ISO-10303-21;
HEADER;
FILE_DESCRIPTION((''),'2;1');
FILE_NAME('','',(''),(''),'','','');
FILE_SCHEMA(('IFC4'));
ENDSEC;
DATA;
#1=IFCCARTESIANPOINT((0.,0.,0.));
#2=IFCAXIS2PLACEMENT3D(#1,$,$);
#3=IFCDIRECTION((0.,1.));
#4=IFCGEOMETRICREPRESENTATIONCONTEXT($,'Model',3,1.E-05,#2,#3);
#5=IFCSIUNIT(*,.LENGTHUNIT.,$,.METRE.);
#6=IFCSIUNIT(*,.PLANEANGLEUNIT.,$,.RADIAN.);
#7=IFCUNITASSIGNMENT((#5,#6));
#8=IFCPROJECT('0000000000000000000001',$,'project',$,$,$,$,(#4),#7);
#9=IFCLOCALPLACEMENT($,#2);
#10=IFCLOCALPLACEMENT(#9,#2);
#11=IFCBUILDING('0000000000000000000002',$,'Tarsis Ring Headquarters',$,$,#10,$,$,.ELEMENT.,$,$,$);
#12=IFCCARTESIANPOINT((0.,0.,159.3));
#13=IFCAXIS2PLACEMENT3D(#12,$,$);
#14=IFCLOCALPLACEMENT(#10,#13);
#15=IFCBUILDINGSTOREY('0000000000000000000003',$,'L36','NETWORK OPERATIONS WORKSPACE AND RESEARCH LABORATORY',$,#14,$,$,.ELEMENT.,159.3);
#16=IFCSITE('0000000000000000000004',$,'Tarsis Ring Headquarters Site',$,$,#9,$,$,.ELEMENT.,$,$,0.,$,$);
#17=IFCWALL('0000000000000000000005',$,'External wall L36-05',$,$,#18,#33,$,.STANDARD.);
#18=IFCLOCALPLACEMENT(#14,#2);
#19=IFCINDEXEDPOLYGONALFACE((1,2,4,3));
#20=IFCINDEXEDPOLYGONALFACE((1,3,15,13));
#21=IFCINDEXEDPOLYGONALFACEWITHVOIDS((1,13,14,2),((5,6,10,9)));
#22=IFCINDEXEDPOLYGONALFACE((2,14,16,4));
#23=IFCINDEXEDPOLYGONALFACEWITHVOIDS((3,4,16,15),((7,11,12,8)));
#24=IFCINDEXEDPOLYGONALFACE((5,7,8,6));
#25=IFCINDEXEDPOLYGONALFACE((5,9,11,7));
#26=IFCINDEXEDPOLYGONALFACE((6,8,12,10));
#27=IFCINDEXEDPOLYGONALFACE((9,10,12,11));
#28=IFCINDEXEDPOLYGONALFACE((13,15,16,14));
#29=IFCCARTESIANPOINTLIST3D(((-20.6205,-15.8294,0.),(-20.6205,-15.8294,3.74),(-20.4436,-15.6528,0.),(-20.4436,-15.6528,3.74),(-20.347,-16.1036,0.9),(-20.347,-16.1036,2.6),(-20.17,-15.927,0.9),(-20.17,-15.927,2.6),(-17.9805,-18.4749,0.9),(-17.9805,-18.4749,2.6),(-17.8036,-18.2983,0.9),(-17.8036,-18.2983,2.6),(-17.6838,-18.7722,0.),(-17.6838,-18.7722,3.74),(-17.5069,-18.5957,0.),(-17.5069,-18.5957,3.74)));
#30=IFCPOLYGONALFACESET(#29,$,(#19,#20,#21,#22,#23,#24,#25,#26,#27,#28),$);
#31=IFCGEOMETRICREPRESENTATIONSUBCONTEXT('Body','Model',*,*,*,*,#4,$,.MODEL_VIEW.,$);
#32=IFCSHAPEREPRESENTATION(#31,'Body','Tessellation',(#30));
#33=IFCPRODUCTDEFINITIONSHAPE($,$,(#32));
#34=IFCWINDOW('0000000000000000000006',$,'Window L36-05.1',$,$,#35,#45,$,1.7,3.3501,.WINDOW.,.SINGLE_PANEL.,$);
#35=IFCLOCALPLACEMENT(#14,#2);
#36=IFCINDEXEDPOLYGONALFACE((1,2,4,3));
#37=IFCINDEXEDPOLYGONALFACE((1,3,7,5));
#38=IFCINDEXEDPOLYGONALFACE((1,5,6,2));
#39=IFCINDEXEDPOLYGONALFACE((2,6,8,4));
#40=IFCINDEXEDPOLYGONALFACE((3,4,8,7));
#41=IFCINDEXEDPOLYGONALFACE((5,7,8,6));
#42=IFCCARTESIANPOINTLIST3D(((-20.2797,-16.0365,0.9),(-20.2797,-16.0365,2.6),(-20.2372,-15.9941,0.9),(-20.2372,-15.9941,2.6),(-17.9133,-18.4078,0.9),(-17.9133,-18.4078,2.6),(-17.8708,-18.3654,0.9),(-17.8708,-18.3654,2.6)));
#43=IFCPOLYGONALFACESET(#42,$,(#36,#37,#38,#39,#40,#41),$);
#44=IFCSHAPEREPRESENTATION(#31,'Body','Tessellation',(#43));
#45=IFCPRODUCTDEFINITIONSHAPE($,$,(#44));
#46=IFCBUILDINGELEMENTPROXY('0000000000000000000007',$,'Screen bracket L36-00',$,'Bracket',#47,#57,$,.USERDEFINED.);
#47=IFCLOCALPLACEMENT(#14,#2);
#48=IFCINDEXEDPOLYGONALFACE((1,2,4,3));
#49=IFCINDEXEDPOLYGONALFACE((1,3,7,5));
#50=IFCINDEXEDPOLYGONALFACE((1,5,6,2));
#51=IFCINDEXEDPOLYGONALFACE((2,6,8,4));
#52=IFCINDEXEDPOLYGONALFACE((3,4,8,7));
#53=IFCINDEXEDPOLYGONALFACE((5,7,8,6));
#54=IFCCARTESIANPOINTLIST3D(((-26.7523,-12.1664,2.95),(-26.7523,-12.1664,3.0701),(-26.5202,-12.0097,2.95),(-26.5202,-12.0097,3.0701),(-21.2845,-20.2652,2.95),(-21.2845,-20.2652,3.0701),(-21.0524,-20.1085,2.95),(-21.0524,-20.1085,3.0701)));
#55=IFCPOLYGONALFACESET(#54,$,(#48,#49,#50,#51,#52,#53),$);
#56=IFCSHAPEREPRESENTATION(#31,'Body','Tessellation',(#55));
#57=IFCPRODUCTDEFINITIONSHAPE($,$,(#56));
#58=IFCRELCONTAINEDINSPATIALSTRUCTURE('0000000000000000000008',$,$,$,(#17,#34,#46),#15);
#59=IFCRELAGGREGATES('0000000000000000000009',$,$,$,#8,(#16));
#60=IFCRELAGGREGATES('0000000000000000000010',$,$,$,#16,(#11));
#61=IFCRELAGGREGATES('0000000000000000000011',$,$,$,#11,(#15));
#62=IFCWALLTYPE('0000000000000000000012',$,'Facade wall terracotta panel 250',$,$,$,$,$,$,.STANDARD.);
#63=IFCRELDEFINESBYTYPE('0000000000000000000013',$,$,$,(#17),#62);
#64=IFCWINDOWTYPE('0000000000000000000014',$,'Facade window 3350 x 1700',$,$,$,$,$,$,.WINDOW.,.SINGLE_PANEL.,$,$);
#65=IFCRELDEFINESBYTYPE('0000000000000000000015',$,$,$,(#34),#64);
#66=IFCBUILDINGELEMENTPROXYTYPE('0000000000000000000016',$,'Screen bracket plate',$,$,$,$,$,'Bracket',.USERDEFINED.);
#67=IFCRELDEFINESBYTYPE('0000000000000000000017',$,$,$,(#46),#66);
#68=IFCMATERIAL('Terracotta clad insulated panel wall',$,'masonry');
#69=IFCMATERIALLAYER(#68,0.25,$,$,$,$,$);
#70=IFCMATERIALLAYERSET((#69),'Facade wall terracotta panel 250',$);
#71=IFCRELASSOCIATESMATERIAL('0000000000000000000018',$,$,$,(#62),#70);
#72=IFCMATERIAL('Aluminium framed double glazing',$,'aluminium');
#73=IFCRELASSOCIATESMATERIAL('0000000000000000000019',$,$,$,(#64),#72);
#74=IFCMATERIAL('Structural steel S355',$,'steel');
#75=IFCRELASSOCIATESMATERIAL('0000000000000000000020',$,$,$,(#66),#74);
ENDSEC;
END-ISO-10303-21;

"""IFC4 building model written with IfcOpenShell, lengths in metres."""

from ifc_helpers import new_model, si_unit, direction, frame, frame_2d, origin, origin_2d, place, context, subcontext, project, spatial, rectangle, extrude, material, layer, layer_set, type_object, element, fill, save


model = new_model("IFC4")

# Units and contexts
model_context = context("Model", 3, precision=1e-05, world=origin(), true_north=direction((0.0, 1.0)))
body_context = subcontext(model_context, "Body", "Model", "MODEL_VIEW")
ifc_project = project(units=[si_unit("LENGTHUNIT", "METRE"), si_unit("PLANEANGLEUNIT", "RADIAN")], contexts=[model_context])

# Site, building, storey
site_placement = place(None, origin())
site = spatial("IfcSite", under=ifc_project, at=site_placement, Name="Tarsis Ring Headquarters Site", CompositionType="ELEMENT", RefElevation=0.0)
building_placement = place(site_placement, origin())
building = spatial("IfcBuilding", under=site, at=building_placement, Name="Tarsis Ring Headquarters", CompositionType="ELEMENT")
storey_placement = place(building_placement, frame((0.0, 0.0, 159.3)))
storey = spatial("IfcBuildingStorey", under=building, at=storey_placement, Name="L36", Description="NETWORK OPERATIONS WORKSPACE AND RESEARCH LABORATORY", CompositionType="ELEMENT", Elevation=159.3)

# Shared definitions
ifc_material_1 = material(Name="Structural steel S355", Category="steel")

# Wall, opening, window
ifc_material_2 = material(Name="Terracotta clad insulated panel wall", Category="masonry")
ifc_layer_1 = layer(ifc_material_2, 0.25)
ifc_layer_set_1 = layer_set([ifc_layer_1], Name="Facade wall terracotta panel 250")
wall_type_1 = type_object("IfcWallType", Name="Facade wall terracotta panel 250", PredefinedType="STANDARD", material=ifc_layer_set_1)
wall_1_placement = place(storey_placement, frame((-20.532, -15.7412, 0.0), z_axis=(0.0, 0.0, 1.0), x_axis=(0.706372, -0.70784, 0.0)))
wall_1 = element("IfcWall", 1, at=wall_1_placement, inside=storey, type_object=wall_type_1, Name="External wall L36-05", PredefinedType="STANDARD", context=body_context, shape_type="SweptSolid", body=[
    extrude(rectangle(XDim=4.1575, YDim=0.25, at=frame_2d((2.0786, 0.0))), origin(), (0.0, 0.0, 1.0), 3.74),
])
opening_1_placement = place(wall_1_placement, frame((0.3872, 0.0, 0.8999)))
opening_1 = element("IfcOpeningElement", 2, at=opening_1_placement, cuts=wall_1, PredefinedType="OPENING", context=body_context, shape_type="SweptSolid", body=[
    extrude(rectangle(XDim=3.3501, YDim=1.7, at=frame_2d((1.675, 0.8501))), frame((0.0, 0.135, 0.0), z_axis=(0.0, -1.0, 0.0), x_axis=(1.0, 0.0, 0.0)), (0.0, 0.0, 1.0), 0.27),
])
ifc_material_3 = material(Name="Aluminium framed double glazing", Category="aluminium")
window_type = type_object("IfcWindowType", Name="Facade window 3350 x 1700", PartitioningType="SINGLE_PANEL", PredefinedType="WINDOW", material=ifc_material_3)
window_placement = place(opening_1_placement, origin())
window = element("IfcWindow", 3, at=window_placement, inside=storey, type_object=window_type, Name="Window L36-05.1", OverallHeight=1.7, OverallWidth=3.3501, PartitioningType="SINGLE_PANEL", PredefinedType="WINDOW", context=body_context, shape_type="SweptSolid", body=[
    extrude(rectangle(XDim=3.3501, YDim=1.7, at=frame_2d((1.675, 0.8501))), frame((0.0, 0.03, 0.0), z_axis=(0.0, -1.0, 0.0), x_axis=(1.0, 0.0, 0.0)), (0.0, 0.0, 1.0), 0.0601),
])
fill(opening_1, window)

# Building element proxy
building_element_proxy_type = type_object("IfcBuildingElementProxyType", Name="Screen bracket plate", ElementType="Bracket", PredefinedType="USERDEFINED", material=ifc_material_1)
proxy_placement = place(storey_placement, frame((-23.9023, -16.1375, 2.95), z_axis=(0.0, 0.0, 1.0), x_axis=(0.559554, -0.828794, 0.0)))
element("IfcBuildingElementProxy", 4, at=proxy_placement, inside=storey, type_object=building_element_proxy_type, Name="Screen bracket L36-00", ObjectType="Bracket", PredefinedType="USERDEFINED", context=body_context, shape_type="SweptSolid", body=[
    extrude(rectangle(XDim=9.7717, YDim=0.28, at=origin_2d()), origin(), (0.0, 0.0, 1.0), 0.1201),
])

save(model, "model.ifc")
